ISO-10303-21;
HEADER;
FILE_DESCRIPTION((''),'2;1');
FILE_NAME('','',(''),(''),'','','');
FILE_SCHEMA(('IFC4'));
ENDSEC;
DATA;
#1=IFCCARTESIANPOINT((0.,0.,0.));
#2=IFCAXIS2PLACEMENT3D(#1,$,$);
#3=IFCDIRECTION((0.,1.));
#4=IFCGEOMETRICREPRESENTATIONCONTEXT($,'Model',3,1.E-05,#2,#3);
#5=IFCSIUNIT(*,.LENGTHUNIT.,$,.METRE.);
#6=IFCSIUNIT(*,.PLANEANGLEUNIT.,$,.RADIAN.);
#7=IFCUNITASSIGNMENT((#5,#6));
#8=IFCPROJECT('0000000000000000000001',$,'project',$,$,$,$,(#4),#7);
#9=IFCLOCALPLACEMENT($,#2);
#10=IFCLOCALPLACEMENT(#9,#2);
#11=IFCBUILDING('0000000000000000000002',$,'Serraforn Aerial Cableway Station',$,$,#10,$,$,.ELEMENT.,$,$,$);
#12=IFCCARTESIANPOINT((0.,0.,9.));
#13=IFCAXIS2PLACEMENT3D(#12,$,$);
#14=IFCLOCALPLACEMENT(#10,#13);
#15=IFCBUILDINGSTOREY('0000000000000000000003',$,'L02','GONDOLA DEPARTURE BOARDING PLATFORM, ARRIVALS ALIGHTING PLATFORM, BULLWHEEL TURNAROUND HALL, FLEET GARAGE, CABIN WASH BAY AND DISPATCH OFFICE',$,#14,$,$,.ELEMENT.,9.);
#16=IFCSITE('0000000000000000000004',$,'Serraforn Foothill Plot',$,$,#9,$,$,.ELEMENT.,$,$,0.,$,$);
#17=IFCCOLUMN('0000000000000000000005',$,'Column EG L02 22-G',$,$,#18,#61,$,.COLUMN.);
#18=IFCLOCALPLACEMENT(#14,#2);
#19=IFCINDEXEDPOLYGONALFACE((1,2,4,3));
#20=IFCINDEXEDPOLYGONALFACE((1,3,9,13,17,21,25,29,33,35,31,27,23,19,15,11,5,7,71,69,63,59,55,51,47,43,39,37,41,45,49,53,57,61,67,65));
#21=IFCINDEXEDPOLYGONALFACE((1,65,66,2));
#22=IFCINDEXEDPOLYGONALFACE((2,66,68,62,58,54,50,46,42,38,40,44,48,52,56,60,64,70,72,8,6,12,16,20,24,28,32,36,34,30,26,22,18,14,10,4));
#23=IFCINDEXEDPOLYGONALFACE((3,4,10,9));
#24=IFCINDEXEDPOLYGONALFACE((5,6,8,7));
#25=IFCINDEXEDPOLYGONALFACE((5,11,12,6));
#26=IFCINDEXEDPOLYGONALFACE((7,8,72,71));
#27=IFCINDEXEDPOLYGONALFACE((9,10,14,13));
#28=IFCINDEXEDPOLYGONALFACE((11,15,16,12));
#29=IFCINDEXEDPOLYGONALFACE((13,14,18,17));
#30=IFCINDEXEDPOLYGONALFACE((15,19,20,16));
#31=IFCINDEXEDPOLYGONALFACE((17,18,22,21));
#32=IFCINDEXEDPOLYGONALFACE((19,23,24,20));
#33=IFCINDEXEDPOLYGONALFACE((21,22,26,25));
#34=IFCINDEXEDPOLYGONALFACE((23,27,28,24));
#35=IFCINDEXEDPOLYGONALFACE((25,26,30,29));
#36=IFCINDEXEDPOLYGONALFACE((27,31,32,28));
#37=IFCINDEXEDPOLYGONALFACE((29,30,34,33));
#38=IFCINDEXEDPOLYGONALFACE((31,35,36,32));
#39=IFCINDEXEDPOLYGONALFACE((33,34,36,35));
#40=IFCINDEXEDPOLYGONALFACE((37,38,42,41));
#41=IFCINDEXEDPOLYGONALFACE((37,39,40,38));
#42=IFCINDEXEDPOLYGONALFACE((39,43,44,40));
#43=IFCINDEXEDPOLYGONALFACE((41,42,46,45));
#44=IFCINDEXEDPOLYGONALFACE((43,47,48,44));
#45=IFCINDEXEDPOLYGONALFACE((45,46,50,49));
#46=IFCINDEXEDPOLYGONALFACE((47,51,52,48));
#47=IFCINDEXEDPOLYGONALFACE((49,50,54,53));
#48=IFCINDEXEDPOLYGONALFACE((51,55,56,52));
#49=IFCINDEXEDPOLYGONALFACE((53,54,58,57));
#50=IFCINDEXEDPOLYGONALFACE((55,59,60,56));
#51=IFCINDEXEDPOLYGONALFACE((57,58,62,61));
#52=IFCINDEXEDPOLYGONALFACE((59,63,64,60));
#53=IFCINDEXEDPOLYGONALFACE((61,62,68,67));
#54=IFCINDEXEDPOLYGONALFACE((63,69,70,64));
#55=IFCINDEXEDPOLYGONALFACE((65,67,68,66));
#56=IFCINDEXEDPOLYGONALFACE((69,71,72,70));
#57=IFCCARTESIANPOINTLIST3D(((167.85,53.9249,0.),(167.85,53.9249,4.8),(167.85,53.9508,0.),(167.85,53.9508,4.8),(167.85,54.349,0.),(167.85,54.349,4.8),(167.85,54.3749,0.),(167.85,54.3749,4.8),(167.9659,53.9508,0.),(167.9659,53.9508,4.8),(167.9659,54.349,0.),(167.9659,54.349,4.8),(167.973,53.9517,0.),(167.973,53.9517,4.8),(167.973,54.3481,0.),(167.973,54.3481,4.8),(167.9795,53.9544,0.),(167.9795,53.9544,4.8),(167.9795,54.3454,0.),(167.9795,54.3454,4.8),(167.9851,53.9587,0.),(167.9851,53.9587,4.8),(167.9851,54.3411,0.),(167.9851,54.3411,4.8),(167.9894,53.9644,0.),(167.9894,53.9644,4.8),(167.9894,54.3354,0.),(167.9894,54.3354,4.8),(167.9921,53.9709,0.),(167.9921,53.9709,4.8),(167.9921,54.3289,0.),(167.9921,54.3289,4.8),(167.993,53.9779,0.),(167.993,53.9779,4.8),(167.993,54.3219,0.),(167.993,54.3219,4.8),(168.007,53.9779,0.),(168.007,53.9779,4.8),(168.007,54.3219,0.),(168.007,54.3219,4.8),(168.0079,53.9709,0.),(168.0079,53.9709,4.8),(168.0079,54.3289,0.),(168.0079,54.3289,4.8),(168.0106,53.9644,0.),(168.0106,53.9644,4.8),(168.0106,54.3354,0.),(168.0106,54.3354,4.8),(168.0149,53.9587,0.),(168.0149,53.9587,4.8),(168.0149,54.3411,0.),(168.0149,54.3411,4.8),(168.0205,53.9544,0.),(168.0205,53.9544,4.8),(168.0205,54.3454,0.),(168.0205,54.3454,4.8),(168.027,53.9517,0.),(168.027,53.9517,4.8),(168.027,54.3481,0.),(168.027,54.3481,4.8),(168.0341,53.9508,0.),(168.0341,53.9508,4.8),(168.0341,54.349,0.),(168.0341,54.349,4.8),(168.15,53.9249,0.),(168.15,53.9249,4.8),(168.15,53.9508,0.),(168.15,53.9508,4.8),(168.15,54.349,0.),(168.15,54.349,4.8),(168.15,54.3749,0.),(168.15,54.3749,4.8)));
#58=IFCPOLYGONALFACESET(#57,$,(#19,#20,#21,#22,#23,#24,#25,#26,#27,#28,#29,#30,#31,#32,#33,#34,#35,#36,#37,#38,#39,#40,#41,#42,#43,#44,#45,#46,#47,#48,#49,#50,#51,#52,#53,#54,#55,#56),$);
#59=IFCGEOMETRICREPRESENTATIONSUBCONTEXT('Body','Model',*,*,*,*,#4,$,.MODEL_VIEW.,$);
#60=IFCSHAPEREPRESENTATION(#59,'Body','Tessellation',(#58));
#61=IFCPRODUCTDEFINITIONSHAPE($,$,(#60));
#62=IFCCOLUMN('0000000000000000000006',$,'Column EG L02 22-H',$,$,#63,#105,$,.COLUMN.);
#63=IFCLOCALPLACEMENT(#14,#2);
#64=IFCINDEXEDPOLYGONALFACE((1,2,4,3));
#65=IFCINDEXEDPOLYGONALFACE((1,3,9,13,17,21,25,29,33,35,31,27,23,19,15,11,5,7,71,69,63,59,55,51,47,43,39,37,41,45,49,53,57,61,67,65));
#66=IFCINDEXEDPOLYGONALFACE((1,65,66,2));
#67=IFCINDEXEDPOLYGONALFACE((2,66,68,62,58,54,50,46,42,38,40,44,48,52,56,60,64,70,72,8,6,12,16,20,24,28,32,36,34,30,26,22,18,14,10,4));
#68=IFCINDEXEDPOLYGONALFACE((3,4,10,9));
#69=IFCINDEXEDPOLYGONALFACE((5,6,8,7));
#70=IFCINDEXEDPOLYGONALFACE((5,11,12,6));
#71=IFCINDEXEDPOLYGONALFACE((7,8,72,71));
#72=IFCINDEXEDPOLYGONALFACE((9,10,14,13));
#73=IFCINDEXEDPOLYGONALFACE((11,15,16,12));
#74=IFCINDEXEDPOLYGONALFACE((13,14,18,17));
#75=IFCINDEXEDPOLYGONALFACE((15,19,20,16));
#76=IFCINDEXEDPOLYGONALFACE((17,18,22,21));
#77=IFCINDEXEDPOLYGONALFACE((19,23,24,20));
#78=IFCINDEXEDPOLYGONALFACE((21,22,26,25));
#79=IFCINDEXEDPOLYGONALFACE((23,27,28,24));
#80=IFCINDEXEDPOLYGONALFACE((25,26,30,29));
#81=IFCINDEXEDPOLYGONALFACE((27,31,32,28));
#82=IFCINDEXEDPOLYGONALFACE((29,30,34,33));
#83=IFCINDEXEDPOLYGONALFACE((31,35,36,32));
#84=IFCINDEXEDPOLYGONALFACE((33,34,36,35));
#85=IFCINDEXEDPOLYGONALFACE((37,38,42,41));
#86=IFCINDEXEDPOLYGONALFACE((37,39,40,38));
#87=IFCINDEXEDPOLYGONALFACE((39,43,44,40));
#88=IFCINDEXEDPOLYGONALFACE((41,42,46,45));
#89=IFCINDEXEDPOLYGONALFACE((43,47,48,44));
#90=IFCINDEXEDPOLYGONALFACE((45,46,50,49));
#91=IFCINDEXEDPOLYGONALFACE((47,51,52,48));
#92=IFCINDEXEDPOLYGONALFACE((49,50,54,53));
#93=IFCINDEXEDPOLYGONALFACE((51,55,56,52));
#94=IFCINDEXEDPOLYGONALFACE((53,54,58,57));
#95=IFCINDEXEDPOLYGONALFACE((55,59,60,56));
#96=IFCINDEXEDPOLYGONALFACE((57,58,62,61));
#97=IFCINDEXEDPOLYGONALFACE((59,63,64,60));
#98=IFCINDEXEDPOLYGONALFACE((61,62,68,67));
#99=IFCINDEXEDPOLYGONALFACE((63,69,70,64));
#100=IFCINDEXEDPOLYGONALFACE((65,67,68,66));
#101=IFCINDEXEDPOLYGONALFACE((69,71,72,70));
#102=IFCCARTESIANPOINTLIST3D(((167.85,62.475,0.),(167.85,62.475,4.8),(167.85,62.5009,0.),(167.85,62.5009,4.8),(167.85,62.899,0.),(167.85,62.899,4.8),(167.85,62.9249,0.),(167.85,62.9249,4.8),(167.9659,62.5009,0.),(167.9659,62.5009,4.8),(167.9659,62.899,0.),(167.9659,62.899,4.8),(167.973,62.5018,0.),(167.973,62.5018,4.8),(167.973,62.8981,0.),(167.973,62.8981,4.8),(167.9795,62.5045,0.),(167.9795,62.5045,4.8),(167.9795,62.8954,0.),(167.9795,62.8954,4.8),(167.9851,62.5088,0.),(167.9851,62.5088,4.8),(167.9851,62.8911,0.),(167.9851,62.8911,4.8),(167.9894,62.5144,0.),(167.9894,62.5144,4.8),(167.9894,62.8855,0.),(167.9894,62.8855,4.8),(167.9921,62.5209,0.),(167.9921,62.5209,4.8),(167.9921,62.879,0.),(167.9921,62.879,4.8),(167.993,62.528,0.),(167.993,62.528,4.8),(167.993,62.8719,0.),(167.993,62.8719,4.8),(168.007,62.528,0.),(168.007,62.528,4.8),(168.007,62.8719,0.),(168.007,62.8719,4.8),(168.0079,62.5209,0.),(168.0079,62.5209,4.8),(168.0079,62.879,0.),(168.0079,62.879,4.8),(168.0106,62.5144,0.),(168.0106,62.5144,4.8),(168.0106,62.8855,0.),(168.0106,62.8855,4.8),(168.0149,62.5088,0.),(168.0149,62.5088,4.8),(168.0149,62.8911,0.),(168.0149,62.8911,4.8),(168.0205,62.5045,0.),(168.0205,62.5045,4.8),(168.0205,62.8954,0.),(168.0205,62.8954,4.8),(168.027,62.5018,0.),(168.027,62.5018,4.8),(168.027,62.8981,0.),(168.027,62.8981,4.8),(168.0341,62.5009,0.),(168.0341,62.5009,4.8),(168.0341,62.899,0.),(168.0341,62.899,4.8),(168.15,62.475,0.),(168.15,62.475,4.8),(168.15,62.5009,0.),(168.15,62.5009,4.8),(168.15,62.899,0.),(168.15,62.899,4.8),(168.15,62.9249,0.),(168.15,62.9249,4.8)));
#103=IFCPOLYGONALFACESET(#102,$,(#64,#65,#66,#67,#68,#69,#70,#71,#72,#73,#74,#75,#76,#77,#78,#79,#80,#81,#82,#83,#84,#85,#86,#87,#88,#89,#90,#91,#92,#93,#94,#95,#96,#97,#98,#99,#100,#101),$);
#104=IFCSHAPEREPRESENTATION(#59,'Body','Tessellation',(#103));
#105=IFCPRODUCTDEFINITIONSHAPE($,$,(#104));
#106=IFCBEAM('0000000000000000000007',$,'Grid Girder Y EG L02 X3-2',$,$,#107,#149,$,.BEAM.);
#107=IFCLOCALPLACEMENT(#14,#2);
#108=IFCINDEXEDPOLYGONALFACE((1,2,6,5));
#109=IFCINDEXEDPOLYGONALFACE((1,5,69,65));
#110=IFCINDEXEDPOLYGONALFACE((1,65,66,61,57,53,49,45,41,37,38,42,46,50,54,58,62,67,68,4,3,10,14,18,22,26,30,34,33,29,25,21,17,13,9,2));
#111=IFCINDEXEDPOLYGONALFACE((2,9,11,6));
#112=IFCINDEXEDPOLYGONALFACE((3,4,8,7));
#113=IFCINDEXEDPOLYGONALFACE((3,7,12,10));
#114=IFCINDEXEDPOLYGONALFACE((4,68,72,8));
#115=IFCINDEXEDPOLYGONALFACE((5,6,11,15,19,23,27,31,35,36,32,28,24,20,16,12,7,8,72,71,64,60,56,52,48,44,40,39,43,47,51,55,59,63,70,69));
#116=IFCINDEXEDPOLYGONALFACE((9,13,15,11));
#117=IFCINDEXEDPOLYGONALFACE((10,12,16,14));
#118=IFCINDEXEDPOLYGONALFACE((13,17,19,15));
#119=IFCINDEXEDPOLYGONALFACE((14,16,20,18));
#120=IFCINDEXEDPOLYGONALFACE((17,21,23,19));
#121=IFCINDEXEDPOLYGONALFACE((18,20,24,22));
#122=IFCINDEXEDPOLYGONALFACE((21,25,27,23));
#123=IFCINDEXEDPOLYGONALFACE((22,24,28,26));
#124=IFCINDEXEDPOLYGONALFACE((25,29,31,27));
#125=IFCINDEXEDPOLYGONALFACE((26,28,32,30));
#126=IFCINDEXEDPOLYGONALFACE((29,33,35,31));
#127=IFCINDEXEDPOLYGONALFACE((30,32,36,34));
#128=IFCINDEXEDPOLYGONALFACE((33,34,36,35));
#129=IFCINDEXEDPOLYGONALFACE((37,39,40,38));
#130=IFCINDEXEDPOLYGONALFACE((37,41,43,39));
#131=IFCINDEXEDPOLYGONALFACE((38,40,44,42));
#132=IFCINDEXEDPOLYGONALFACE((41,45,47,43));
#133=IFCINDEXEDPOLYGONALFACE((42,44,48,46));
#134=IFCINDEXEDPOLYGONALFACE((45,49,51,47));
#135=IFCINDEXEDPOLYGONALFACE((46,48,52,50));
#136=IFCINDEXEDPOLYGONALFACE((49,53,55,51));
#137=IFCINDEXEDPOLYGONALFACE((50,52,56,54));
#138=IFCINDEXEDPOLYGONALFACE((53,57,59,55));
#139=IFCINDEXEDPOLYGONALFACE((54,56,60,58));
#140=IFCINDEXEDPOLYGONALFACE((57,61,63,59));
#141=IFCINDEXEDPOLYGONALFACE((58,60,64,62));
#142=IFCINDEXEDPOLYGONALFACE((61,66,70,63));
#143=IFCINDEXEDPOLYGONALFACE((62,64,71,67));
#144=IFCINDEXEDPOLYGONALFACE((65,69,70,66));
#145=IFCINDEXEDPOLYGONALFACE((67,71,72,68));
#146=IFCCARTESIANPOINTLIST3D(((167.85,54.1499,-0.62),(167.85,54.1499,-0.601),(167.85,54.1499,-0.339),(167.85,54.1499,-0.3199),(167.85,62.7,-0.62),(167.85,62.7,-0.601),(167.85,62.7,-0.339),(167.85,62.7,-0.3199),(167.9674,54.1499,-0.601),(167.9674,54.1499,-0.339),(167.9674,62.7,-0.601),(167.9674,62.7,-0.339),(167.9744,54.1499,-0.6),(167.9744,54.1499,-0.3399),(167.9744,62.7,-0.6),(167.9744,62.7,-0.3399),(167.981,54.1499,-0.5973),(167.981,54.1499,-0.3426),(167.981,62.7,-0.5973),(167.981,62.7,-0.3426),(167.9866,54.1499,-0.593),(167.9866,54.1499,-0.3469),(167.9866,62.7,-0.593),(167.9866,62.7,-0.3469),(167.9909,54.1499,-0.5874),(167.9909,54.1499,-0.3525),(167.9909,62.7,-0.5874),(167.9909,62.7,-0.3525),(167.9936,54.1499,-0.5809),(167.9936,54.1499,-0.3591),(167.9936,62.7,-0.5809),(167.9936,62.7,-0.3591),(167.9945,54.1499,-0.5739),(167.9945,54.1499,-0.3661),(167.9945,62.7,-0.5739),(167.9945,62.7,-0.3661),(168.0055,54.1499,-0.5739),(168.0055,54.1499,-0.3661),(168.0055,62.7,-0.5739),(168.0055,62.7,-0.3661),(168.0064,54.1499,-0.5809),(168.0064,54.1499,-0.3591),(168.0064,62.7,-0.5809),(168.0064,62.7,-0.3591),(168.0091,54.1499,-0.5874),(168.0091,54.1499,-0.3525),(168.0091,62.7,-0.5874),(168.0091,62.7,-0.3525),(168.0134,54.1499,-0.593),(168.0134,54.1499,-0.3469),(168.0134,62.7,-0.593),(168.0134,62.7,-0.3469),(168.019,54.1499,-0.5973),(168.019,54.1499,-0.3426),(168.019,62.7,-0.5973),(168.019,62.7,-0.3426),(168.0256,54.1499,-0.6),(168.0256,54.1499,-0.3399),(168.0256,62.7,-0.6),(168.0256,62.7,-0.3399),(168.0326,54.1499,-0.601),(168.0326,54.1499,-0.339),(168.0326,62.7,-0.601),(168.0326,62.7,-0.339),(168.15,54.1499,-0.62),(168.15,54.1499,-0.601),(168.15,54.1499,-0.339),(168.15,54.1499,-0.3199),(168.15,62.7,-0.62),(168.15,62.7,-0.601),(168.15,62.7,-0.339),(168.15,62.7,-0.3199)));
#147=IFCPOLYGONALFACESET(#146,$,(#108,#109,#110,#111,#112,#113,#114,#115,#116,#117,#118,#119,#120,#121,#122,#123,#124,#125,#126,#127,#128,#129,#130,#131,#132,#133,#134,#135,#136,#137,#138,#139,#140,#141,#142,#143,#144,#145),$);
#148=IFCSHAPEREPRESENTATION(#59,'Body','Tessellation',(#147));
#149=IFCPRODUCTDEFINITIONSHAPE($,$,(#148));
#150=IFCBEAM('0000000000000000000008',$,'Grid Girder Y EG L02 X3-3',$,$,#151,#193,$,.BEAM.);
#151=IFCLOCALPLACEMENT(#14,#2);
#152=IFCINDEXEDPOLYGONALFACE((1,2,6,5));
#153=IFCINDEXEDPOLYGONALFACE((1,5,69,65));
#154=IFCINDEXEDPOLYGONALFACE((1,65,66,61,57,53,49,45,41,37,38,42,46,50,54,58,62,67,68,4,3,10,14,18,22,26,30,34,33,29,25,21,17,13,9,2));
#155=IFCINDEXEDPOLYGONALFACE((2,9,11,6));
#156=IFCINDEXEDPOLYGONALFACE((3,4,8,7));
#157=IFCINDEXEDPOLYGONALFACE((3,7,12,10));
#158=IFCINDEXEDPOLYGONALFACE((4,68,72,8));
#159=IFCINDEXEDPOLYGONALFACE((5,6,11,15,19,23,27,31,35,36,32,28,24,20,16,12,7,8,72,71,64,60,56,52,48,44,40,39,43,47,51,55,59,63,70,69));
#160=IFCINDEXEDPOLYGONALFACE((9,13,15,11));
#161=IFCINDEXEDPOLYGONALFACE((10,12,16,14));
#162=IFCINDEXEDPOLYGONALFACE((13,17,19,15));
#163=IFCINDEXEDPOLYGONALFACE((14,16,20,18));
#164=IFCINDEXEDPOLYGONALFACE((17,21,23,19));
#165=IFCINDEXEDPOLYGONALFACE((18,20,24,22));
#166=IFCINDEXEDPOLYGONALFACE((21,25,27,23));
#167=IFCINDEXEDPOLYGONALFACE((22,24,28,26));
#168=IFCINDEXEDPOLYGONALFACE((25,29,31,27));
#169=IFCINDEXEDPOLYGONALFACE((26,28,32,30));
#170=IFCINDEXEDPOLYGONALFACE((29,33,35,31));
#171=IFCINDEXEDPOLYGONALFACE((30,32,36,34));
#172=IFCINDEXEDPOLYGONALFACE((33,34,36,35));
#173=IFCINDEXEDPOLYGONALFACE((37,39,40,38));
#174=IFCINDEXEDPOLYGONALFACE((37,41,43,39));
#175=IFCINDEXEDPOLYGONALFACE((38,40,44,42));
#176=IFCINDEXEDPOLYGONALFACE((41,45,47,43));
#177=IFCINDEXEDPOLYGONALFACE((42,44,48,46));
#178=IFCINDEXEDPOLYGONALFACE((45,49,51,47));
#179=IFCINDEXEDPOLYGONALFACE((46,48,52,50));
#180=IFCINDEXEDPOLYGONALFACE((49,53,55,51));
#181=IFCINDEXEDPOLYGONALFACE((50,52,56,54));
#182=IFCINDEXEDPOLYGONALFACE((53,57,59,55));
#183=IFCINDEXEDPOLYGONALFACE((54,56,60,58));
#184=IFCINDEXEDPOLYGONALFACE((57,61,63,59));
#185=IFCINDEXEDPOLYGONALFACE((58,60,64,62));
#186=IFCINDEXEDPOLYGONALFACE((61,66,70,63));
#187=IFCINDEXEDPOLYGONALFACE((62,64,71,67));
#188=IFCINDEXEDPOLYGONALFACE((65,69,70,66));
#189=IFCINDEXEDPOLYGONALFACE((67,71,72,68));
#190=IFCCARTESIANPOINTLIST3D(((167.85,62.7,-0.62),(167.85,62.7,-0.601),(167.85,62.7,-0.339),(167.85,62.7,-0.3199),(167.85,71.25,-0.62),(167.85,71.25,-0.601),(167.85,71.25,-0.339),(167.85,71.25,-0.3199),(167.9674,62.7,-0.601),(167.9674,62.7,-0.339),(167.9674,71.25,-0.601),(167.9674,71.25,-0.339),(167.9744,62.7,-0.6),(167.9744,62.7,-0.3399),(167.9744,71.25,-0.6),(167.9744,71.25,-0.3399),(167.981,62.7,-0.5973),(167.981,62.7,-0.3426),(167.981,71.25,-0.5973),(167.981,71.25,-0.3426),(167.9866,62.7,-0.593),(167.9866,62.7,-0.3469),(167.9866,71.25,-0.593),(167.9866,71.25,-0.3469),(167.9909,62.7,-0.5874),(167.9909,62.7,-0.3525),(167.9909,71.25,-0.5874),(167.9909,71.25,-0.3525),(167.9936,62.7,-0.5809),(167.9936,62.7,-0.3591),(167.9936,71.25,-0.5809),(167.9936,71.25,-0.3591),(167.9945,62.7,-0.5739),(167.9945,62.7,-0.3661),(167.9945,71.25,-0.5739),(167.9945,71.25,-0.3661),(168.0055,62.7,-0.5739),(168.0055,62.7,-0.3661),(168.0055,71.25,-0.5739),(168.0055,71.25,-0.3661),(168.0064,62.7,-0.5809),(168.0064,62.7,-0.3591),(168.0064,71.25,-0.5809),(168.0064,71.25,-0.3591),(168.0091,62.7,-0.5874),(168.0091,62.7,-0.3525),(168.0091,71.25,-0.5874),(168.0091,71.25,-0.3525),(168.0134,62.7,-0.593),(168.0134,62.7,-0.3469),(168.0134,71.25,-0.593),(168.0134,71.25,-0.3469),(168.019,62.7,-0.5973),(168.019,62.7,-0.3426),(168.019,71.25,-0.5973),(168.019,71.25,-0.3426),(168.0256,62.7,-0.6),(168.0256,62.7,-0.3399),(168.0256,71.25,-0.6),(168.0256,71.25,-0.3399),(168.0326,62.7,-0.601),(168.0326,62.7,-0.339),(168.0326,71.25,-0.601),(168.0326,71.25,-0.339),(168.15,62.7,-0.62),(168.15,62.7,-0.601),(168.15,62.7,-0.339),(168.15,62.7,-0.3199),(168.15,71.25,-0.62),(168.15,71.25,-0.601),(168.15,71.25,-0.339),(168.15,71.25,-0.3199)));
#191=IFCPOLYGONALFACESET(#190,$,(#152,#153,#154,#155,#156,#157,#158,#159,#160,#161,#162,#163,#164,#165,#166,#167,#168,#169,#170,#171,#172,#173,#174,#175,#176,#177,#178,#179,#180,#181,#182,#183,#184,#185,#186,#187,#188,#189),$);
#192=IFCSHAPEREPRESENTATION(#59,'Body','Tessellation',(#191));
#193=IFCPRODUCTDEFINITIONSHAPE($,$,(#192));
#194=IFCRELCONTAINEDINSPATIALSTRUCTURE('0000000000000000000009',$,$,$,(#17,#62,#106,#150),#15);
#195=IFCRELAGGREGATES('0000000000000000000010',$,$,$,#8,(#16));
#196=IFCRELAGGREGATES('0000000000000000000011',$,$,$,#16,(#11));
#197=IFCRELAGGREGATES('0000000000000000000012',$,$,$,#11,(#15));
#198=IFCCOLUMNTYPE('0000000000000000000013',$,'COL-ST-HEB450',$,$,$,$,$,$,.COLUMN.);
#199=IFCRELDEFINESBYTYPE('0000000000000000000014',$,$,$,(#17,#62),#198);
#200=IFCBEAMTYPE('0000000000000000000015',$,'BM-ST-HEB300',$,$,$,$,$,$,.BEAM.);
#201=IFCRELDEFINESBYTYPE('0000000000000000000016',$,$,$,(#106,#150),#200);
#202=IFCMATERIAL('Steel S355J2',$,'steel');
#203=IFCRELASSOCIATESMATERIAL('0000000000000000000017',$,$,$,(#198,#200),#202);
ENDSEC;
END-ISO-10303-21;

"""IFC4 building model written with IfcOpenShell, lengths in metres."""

from ifc_helpers import new_model, si_unit, direction, frame, origin, origin_2d, place, context, subcontext, project, spatial, i_section, extrude, material, material_profile, profile_set, type_object, element, save


model = new_model("IFC4")

# Units and contexts
model_context = context("Model", 3, precision=1e-05, world=origin(), true_north=direction((0.0, 1.0)))
body_context = subcontext(model_context, "Body", "Model", "MODEL_VIEW")
ifc_project = project(units=[si_unit("LENGTHUNIT", "METRE"), si_unit("PLANEANGLEUNIT", "RADIAN")], contexts=[model_context])

# Site, building, storey
site_placement = place(None, origin())
site = spatial("IfcSite", under=ifc_project, at=site_placement, Name="Serraforn Foothill Plot", CompositionType="ELEMENT", RefElevation=0.0)
building_placement = place(site_placement, origin())
building = spatial("IfcBuilding", under=site, at=building_placement, Name="Serraforn Aerial Cableway Station", CompositionType="ELEMENT")
storey_placement = place(building_placement, frame((0.0, 0.0, 9.0)))
storey = spatial("IfcBuildingStorey", under=building, at=storey_placement, Name="L02", Description="GONDOLA DEPARTURE BOARDING PLATFORM, ARRIVALS ALIGHTING PLATFORM, BULLWHEEL TURNAROUND HALL, FLEET GARAGE, CABIN WASH BAY AND DISPATCH OFFICE", CompositionType="ELEMENT", Elevation=9.0)

# Columns
ifc_material_1 = material(Name="Steel S355J2", Category="steel")
ifc_material_profile_1 = material_profile(ifc_material_1, i_section(OverallWidth=0.3, OverallDepth=0.45, WebThickness=0.0139, FlangeThickness=0.0259, FilletRadius=0.0271, at=origin_2d()), Name="HEB 450")
ifc_profile_set_1 = profile_set([ifc_material_profile_1], Name="Steel S355J2")
column_type = type_object("IfcColumnType", Name="COL-ST-HEB450", PredefinedType="COLUMN", material=ifc_profile_set_1)
for number, where, z_axis, x_axis, name in (
    (1, (168.0, 54.1499, 0.0), (0.0, 0.0, 1.0), (1.0, 0.0, 0.0), "Column EG L02 22-G"),
    (2, (168.0, 62.7, 0.0), (0.0, 0.0, 1.0), (1.0, 0.0, 0.0), "Column EG L02 22-H"),
):
    element("IfcColumn", number, at=place(storey_placement, frame(where, z_axis=z_axis, x_axis=x_axis)), inside=storey, type_object=column_type, Name=name, PredefinedType="COLUMN", context=body_context, shape_type="SweptSolid", body=[
        extrude(i_section(OverallWidth=0.3, OverallDepth=0.45, WebThickness=0.0139, FlangeThickness=0.0259, FilletRadius=0.0271, at=origin_2d()), origin(), (0.0, 0.0, 1.0), 4.8),
    ])

# Beams
ifc_material_profile_2 = material_profile(ifc_material_1, i_section(OverallWidth=0.3, OverallDepth=0.3, WebThickness=0.011, FlangeThickness=0.019, FilletRadius=0.0271, at=origin_2d()), Name="HEB 300")
ifc_profile_set_2 = profile_set([ifc_material_profile_2], Name="Steel S355J2")
beam_type_1 = type_object("IfcBeamType", Name="BM-ST-HEB300", PredefinedType="BEAM", material=ifc_profile_set_2)
for number, where, z_axis, x_axis, name in (
    (3, (168.0, 54.1499, -0.47), (0.0, 1.0, 0.0), (-1.0, 0.0, 0.0), "Grid Girder Y EG L02 X3-2"),
    (4, (168.0, 62.7, -0.47), (0.0, 1.0, 0.0), (-1.0, 0.0, 0.0), "Grid Girder Y EG L02 X3-3"),
):
    element("IfcBeam", number, at=place(storey_placement, frame(where, z_axis=z_axis, x_axis=x_axis)), inside=storey, type_object=beam_type_1, Name=name, PredefinedType="BEAM", context=body_context, shape_type="SweptSolid", body=[
        extrude(i_section(OverallWidth=0.3, OverallDepth=0.3, WebThickness=0.011, FlangeThickness=0.019, FilletRadius=0.0271, at=origin_2d()), origin(), (0.0, 0.0, 1.0), 8.55),
    ])

save(model, "model.ifc")
